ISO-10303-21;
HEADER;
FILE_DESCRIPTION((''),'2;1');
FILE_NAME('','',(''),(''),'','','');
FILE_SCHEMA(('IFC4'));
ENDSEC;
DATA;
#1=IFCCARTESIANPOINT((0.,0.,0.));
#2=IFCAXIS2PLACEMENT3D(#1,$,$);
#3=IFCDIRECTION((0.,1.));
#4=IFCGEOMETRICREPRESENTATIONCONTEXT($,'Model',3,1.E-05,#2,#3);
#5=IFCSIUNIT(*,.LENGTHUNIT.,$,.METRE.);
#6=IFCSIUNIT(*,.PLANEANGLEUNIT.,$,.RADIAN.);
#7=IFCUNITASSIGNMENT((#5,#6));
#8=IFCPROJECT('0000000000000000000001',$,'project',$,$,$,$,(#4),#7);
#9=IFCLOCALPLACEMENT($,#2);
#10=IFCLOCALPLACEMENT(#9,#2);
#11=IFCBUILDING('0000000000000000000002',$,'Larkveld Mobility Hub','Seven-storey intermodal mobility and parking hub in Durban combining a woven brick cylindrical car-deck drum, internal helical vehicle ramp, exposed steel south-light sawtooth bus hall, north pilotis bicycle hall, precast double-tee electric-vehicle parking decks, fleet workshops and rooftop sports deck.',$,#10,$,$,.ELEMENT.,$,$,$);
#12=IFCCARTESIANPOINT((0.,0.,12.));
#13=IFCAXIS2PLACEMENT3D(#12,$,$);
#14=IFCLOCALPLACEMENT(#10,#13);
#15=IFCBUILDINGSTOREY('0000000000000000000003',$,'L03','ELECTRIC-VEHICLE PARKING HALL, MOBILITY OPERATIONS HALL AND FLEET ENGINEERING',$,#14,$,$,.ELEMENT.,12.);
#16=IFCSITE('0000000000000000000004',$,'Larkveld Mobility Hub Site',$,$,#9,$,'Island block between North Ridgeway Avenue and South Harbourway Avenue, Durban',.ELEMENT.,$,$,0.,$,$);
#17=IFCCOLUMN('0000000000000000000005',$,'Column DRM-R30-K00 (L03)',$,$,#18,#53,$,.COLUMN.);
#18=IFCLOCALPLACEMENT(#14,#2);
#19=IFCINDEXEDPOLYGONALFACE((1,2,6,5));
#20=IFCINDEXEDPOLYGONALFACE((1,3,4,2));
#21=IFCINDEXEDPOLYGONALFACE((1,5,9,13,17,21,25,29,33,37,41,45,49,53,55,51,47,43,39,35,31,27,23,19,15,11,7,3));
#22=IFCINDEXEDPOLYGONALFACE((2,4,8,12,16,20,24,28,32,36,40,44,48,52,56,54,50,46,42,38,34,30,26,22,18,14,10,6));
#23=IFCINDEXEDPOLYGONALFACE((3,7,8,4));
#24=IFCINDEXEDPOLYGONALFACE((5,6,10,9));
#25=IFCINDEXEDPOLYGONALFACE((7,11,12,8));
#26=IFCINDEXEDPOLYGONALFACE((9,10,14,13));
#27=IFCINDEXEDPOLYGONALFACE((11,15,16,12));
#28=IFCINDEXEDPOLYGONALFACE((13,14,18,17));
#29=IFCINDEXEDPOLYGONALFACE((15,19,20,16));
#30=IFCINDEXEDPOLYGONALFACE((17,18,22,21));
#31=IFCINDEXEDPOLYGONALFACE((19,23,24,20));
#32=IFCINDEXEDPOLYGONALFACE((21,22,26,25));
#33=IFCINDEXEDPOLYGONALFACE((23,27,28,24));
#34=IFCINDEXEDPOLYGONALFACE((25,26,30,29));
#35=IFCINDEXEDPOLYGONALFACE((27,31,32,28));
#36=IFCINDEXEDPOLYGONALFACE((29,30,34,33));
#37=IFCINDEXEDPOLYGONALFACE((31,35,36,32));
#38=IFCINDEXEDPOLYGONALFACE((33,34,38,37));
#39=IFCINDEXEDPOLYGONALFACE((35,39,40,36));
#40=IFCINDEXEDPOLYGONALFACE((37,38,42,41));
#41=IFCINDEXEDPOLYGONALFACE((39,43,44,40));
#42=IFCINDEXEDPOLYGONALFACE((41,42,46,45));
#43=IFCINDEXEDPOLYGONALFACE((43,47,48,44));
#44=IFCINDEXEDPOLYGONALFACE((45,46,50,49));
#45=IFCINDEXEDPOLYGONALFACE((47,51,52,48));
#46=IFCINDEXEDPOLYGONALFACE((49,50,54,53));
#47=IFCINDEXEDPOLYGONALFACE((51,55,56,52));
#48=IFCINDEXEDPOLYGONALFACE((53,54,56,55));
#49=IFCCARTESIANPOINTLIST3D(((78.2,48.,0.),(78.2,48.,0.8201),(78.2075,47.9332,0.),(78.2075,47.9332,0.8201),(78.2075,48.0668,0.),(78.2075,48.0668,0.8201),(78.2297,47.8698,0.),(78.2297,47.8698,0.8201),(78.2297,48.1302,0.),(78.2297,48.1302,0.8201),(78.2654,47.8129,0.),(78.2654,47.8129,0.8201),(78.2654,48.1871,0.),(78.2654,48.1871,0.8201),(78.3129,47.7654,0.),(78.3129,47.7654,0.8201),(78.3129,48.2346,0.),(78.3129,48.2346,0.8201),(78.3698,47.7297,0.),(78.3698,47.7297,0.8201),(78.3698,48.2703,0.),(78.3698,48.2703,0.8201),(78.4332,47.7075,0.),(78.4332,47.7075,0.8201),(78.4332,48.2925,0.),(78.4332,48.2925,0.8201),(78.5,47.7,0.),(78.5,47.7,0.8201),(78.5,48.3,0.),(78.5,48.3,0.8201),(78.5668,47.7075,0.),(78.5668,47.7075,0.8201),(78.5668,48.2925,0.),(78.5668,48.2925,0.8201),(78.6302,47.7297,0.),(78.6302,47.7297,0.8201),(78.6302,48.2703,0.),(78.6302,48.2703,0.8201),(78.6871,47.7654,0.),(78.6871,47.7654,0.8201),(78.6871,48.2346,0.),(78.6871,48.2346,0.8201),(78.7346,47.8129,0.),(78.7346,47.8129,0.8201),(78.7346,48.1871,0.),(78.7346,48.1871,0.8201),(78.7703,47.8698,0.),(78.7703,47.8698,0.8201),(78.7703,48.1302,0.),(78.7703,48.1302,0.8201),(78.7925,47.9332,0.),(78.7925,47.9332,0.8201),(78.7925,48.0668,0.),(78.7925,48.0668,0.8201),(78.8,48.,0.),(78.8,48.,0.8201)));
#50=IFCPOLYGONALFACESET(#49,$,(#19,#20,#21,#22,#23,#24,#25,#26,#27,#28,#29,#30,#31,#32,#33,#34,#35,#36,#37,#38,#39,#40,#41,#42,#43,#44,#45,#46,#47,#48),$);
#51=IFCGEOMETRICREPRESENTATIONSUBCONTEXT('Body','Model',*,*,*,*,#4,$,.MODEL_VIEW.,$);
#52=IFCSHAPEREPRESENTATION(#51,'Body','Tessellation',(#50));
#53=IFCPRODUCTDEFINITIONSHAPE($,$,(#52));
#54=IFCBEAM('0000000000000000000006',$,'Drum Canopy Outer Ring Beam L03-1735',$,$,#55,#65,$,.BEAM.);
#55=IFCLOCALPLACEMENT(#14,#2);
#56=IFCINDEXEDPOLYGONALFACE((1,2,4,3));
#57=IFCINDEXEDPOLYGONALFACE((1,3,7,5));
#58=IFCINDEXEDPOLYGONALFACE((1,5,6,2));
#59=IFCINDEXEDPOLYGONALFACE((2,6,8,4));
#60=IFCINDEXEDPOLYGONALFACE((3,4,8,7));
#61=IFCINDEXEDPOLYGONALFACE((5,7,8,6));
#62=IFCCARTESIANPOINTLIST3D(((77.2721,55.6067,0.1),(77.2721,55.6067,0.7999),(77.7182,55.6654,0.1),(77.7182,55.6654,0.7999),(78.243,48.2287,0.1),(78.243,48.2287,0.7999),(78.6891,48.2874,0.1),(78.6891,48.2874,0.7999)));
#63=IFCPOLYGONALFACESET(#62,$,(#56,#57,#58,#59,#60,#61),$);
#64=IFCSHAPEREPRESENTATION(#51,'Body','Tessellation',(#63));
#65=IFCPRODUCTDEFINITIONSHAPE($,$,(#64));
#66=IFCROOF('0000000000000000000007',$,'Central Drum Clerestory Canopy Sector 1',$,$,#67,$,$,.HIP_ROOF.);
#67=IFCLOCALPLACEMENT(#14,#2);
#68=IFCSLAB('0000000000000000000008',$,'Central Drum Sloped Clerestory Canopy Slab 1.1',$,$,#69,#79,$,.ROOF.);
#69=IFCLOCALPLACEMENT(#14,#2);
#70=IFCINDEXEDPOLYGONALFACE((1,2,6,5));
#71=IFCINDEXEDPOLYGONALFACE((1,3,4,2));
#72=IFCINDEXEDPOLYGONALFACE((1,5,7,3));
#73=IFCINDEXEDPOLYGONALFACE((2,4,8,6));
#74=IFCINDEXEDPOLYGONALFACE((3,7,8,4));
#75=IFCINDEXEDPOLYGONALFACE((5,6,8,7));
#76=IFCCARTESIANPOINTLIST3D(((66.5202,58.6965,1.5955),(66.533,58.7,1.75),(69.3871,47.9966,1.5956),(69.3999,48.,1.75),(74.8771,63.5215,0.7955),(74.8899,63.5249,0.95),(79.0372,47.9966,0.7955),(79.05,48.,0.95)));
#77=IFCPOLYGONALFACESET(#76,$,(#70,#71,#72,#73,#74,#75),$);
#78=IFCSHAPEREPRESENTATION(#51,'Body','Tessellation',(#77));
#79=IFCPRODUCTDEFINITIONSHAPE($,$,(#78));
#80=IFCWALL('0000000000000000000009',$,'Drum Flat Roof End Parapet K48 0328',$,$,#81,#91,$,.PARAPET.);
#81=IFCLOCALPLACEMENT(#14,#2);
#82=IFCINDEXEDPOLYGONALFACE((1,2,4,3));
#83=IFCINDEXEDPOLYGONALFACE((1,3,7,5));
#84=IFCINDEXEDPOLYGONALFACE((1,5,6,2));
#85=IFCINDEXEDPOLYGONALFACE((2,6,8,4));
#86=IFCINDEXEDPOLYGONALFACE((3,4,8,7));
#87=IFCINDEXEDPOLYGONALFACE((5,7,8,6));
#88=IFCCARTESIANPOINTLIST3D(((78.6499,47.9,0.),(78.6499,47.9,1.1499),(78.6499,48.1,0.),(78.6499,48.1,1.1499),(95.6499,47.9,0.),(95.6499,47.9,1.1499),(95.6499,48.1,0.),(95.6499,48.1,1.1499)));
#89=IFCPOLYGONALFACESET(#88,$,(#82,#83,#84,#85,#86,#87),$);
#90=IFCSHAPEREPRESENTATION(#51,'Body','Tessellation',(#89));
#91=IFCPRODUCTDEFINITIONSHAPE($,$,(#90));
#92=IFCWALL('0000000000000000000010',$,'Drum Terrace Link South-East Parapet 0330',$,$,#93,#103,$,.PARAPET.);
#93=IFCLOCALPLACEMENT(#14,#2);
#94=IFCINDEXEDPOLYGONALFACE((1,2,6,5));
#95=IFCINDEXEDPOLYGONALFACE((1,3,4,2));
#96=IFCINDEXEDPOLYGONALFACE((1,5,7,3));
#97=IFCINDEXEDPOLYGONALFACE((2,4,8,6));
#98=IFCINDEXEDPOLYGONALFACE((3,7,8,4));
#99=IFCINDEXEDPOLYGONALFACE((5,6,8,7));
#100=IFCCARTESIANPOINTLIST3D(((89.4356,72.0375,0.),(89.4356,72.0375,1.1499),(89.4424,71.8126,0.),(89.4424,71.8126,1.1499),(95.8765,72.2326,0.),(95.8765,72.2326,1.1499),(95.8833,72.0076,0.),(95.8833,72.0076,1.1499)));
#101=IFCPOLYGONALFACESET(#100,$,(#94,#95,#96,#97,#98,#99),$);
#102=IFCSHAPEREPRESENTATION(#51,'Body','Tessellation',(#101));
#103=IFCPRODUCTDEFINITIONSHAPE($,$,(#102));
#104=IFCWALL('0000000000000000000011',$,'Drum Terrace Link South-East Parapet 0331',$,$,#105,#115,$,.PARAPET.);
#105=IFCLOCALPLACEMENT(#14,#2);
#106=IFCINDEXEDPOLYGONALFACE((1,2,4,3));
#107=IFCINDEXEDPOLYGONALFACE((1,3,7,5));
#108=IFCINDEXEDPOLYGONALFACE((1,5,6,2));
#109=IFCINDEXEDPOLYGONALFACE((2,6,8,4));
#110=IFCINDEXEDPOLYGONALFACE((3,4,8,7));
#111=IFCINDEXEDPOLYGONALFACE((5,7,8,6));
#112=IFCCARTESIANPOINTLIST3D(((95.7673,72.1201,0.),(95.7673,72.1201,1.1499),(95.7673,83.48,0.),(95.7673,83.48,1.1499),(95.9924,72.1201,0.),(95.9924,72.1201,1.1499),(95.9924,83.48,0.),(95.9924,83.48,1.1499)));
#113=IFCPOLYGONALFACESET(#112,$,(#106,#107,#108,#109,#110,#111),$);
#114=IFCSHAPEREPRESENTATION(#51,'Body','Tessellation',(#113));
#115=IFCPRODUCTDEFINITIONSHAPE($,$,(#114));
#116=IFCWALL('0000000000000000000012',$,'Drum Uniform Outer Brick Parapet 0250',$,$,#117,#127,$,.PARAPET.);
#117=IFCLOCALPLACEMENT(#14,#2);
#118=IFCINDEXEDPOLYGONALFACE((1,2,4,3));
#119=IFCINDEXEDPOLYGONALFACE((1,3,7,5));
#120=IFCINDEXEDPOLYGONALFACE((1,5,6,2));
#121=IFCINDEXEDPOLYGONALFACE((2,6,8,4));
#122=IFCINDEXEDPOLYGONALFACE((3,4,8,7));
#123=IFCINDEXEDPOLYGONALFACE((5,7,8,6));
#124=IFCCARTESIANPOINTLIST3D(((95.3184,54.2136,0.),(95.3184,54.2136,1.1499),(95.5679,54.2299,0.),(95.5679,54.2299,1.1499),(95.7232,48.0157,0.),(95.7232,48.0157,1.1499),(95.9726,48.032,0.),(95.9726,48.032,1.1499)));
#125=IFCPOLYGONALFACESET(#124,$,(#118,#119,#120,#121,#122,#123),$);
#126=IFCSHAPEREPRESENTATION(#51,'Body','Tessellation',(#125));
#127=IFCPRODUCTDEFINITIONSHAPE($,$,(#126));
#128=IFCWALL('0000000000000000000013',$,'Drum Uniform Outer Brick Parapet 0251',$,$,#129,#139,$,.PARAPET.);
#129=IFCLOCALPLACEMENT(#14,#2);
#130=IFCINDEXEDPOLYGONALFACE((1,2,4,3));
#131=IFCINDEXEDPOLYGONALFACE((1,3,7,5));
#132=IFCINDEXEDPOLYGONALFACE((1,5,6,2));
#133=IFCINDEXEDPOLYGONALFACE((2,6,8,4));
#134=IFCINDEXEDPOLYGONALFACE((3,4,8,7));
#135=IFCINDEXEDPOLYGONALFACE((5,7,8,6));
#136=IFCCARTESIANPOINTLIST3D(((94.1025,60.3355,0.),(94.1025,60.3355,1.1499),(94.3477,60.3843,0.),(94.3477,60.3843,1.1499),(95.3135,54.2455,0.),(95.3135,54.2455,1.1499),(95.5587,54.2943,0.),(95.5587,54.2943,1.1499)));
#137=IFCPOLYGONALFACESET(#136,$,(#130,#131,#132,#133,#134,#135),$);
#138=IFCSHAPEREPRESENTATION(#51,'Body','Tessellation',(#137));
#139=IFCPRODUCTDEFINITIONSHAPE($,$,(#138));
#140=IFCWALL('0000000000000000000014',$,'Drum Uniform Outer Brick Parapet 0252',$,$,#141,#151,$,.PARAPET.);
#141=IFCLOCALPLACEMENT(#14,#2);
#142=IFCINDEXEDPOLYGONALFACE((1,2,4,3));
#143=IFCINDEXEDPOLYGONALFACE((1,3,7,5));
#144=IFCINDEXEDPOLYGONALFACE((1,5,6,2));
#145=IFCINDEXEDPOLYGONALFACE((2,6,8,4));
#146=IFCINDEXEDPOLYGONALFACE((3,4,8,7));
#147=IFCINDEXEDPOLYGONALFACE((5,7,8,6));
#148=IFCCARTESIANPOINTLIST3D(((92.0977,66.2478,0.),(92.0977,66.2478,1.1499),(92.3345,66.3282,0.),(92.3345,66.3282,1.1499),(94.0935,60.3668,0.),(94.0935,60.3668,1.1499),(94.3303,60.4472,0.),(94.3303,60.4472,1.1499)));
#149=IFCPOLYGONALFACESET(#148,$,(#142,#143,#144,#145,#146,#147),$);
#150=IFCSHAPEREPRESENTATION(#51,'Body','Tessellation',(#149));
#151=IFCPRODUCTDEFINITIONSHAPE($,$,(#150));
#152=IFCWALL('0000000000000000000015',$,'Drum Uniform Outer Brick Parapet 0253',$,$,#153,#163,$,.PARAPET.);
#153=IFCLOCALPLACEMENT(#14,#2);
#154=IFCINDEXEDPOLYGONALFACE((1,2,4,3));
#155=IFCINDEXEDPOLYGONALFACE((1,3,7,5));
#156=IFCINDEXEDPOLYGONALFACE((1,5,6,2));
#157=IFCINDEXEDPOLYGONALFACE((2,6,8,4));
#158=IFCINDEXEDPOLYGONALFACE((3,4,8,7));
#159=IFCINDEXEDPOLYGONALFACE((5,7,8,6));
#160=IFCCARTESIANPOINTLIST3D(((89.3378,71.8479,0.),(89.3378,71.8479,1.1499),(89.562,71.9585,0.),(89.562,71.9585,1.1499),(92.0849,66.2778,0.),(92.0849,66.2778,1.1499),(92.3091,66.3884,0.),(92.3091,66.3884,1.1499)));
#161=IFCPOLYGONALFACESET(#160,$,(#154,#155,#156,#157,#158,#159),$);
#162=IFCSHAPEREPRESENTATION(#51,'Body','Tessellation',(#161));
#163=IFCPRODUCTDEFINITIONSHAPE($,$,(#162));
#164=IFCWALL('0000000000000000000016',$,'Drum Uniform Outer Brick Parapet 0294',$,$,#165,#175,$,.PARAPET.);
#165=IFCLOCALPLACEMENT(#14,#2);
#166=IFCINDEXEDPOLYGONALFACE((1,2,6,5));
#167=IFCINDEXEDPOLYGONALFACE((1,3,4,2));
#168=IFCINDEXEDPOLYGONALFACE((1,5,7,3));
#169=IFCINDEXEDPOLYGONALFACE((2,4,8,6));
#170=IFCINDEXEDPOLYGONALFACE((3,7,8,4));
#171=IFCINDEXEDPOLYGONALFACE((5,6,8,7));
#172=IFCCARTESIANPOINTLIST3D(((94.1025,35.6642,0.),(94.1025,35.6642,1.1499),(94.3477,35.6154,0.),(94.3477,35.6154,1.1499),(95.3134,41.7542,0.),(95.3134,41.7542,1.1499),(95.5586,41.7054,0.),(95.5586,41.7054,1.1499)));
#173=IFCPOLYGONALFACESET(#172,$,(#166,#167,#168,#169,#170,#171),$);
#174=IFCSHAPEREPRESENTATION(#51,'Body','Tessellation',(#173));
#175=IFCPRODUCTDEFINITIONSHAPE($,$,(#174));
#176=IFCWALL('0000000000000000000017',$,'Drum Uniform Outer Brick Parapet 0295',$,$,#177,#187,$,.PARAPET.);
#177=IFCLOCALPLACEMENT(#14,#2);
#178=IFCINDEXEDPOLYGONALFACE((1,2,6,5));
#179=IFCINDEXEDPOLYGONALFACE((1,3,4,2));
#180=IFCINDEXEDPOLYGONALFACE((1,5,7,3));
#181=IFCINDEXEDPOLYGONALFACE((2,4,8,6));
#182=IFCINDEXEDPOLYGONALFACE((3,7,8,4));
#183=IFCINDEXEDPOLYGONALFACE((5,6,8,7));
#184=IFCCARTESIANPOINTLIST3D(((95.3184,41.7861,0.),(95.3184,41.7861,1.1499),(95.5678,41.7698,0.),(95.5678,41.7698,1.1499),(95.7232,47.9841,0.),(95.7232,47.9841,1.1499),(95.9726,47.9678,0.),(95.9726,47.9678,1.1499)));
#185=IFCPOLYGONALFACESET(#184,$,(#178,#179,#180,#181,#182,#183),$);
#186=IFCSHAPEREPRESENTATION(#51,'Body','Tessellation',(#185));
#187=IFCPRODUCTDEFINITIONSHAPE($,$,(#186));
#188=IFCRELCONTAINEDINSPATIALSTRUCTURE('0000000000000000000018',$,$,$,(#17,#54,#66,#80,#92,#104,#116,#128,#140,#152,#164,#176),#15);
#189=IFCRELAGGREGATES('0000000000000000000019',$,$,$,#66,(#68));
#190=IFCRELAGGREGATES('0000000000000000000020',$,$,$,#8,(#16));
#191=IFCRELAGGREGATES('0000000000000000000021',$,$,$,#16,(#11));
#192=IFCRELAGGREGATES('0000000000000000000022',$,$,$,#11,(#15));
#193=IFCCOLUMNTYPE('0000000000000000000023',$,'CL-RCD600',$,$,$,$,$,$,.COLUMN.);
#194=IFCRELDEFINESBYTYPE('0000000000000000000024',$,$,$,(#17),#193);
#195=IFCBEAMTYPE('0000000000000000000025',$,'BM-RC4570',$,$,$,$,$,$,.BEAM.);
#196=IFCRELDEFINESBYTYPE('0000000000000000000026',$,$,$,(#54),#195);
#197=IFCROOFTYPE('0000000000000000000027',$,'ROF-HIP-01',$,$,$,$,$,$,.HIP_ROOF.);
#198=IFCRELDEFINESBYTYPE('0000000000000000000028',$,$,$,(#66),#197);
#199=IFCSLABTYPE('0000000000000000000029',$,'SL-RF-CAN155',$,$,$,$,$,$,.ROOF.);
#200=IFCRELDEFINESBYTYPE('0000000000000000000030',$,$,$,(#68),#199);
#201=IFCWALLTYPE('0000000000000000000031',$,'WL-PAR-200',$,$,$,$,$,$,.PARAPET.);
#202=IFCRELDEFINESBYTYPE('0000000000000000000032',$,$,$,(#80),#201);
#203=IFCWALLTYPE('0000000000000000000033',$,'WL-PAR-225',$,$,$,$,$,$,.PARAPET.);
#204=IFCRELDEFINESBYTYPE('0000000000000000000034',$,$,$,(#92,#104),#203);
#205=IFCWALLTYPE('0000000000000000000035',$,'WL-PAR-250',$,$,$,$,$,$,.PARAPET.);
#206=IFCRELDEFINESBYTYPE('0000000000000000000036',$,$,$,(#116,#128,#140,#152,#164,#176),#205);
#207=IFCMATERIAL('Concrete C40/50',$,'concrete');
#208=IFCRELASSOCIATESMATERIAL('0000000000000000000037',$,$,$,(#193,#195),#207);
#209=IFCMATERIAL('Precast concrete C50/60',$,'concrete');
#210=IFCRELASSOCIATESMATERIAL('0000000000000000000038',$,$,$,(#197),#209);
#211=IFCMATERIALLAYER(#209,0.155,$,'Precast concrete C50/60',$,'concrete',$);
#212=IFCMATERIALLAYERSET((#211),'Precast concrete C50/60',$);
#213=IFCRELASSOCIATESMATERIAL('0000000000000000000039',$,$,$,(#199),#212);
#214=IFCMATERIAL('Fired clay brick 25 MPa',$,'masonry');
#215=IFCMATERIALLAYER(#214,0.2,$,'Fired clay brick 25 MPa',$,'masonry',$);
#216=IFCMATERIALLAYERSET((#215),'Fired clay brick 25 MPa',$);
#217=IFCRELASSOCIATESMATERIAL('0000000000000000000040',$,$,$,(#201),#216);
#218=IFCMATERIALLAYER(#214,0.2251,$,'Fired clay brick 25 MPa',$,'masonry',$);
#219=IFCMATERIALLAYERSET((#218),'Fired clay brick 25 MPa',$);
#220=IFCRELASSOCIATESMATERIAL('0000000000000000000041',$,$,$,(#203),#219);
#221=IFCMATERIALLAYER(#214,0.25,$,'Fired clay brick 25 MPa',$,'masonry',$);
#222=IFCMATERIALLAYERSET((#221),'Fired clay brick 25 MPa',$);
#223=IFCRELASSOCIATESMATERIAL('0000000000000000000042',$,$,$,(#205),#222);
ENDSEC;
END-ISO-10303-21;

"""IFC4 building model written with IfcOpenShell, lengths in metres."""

from ifc_helpers import new_model, si_unit, direction, frame, frame_2d, origin, origin_2d, place, context, subcontext, project, spatial, polyline, rectangle, circle, outline, extrude, material, layer, layer_set, material_profile, profile_set, type_object, element, aggregate, save


model = new_model("IFC4")

# Units and contexts
model_context = context("Model", 3, precision=1e-05, world=origin(), true_north=direction((0.0, 1.0)))
body_context = subcontext(model_context, "Body", "Model", "MODEL_VIEW")
ifc_project = project(units=[si_unit("LENGTHUNIT", "METRE"), si_unit("PLANEANGLEUNIT", "RADIAN")], contexts=[model_context])

# Site, building, storey
site_placement = place(None, origin())
site = spatial("IfcSite", under=ifc_project, at=site_placement, Name="Larkveld Mobility Hub Site", LongName="Island block between North Ridgeway Avenue and South Harbourway Avenue, Durban", CompositionType="ELEMENT", RefElevation=0.0)
building_placement = place(site_placement, origin())
building = spatial("IfcBuilding", under=site, at=building_placement, Name="Larkveld Mobility Hub", Description="Seven-storey intermodal mobility and parking hub in Durban combining a woven brick cylindrical car-deck drum, internal helical vehicle ramp, exposed steel south-light sawtooth bus hall, north pilotis bicycle hall, precast double-tee electric-vehicle parking decks, fleet workshops and rooftop sports deck.", CompositionType="ELEMENT")
storey_placement = place(building_placement, frame((0.0, 0.0, 12.0)))
storey = spatial("IfcBuildingStorey", under=building, at=storey_placement, Name="L03", Description="ELECTRIC-VEHICLE PARKING HALL, MOBILITY OPERATIONS HALL AND FLEET ENGINEERING", CompositionType="ELEMENT", Elevation=12.0)

# Column
ifc_material_1 = material(Name="Concrete C40/50", Category="concrete")
ifc_material_profile_1 = material_profile(ifc_material_1, circle(Radius=0.3, at=origin_2d()), Name="RC COL D600")
ifc_profile_set_1 = profile_set([ifc_material_profile_1], Name="Concrete C40/50")
column_type = type_object("IfcColumnType", Name="CL-RCD600", PredefinedType="COLUMN", material=ifc_profile_set_1)
column_placement = place(storey_placement, frame((78.5, 48.0, 0.0), z_axis=(0.0, 0.0, 1.0), x_axis=(1.0, 0.0, 0.0)))
element("IfcColumn", 1, at=column_placement, inside=storey, type_object=column_type, Name="Column DRM-R30-K00 (L03)", PredefinedType="COLUMN", context=body_context, shape_type="SweptSolid", body=[
    extrude(circle(Radius=0.3, at=origin_2d()), origin(), (0.0, 0.0, 1.0), 0.8201),
])

# Beam
ifc_material_profile_2 = material_profile(ifc_material_1, rectangle(XDim=0.45, YDim=0.7, at=origin_2d()), Name="RC BM 450x700")
ifc_profile_set_2 = profile_set([ifc_material_profile_2], Name="Concrete C40/50")
beam_type = type_object("IfcBeamType", Name="BM-RC4570", PredefinedType="BEAM", material=ifc_profile_set_2)
beam_placement = place(storey_placement, frame((78.4661, 48.2581, 0.45), z_axis=(-0.130477, 0.991451, 0.0), x_axis=(-0.991451, -0.130477, 0.0)))
element("IfcBeam", 2, at=beam_placement, inside=storey, type_object=beam_type, Name="Drum Canopy Outer Ring Beam L03-1735", PredefinedType="BEAM", context=body_context, shape_type="SweptSolid", body=[
    extrude(rectangle(XDim=0.45, YDim=0.7, at=origin_2d()), origin(), (0.0, 0.0, 1.0), 7.4417),
])

# Roof, slab
ifc_material_2 = material(Name="Precast concrete C50/60", Category="concrete")
roof_type = type_object("IfcRoofType", Name="ROF-HIP-01", PredefinedType="HIP_ROOF", material=ifc_material_2)
roof_placement = place(storey_placement, origin())
roof = element("IfcRoof", 3, at=roof_placement, inside=storey, type_object=roof_type, Name="Central Drum Clerestory Canopy Sector 1", PredefinedType="HIP_ROOF")
ifc_layer_1 = layer(ifc_material_2, 0.155, Name="Precast concrete C50/60", Category="concrete")
ifc_layer_set_1 = layer_set([ifc_layer_1], Name="Precast concrete C50/60")
slab_type = type_object("IfcSlabType", Name="SL-RF-CAN155", PredefinedType="ROOF", material=ifc_layer_set_1)
slab_placement = place(storey_placement, frame((79.05, 48.0, 0.95), z_axis=(0.082603, 0.022134, 0.996337), x_axis=(-0.258835, 0.965922, 0.000001)))
slab = element("IfcSlab", 4, at=slab_placement, type_object=slab_type, Name="Central Drum Sloped Clerestory Canopy Slab 1.1", PredefinedType="ROOF", context=body_context, shape_type="SweptSolid", body=[
    extrude(outline(polyline([(0.0, 0.0), (16.0726, 0.0), (13.5752, 9.3553), (2.4978, 9.3556), (0.0, 0.0)])), origin(), (0.0, 0.0, -1.0), 0.155),
])
aggregate(roof, [slab])

# Walls
ifc_material_3 = material(Name="Fired clay brick 25 MPa", Category="masonry")
ifc_layer_2 = layer(ifc_material_3, 0.2, Name="Fired clay brick 25 MPa", Category="masonry")
ifc_layer_set_2 = layer_set([ifc_layer_2], Name="Fired clay brick 25 MPa")
wall_type_1 = type_object("IfcWallType", Name="WL-PAR-200", PredefinedType="PARAPET", material=ifc_layer_set_2)
wall_1_placement = place(storey_placement, frame((78.6499, 48.0, 0.0), z_axis=(0.0, 0.0, 1.0), x_axis=(1.0, 0.0, 0.0)))
element("IfcWall", 5, at=wall_1_placement, inside=storey, type_object=wall_type_1, Name="Drum Flat Roof End Parapet K48 0328", PredefinedType="PARAPET", context=body_context, shape_type="SweptSolid", body=[
    extrude(rectangle(XDim=17.0, YDim=0.2, at=frame_2d((8.5, 0.0))), origin(), (0.0, 0.0, 1.0), 1.1499),
])
ifc_layer_3 = layer(ifc_material_3, 0.2251, Name="Fired clay brick 25 MPa", Category="masonry")
ifc_layer_set_3 = layer_set([ifc_layer_3], Name="Fired clay brick 25 MPa")
wall_type_2 = type_object("IfcWallType", Name="WL-PAR-225", PredefinedType="PARAPET", material=ifc_layer_set_3)
wall_2_placement = place(storey_placement, frame((89.439, 71.925, 0.0), z_axis=(0.0, 0.0, 1.0), x_axis=(0.999542, 0.030272, 0.0)))
element("IfcWall", 6, at=wall_2_placement, inside=storey, type_object=wall_type_2, Name="Drum Terrace Link South-East Parapet 0330", PredefinedType="PARAPET", context=body_context, shape_type="SweptSolid", body=[
    extrude(rectangle(XDim=6.4438, YDim=0.2251, at=frame_2d((3.2219, 0.0))), origin(), (0.0, 0.0, 1.0), 1.1499),
])
wall_3_placement = place(storey_placement, frame((95.8799, 72.1201, 0.0), z_axis=(0.0, 0.0, 1.0), x_axis=(0.0, 1.0, 0.0)))
element("IfcWall", 7, at=wall_3_placement, inside=storey, type_object=wall_type_2, Name="Drum Terrace Link South-East Parapet 0331", PredefinedType="PARAPET", context=body_context, shape_type="SweptSolid", body=[
    extrude(rectangle(XDim=11.3599, YDim=0.2251, at=frame_2d((5.6799, 0.0))), origin(), (0.0, 0.0, 1.0), 1.1499),
])
ifc_layer_4 = layer(ifc_material_3, 0.25, Name="Fired clay brick 25 MPa", Category="masonry")
ifc_layer_set_4 = layer_set([ifc_layer_4], Name="Fired clay brick 25 MPa")
wall_type_3 = type_object("IfcWallType", Name="WL-PAR-250", PredefinedType="PARAPET", material=ifc_layer_set_4)
wall_4_placement = place(storey_placement, frame((95.8479, 48.0239, 0.0), z_axis=(0.0, 0.0, 1.0), x_axis=(-0.06517, 0.997874, 0.0)))
element("IfcWall", 8, at=wall_4_placement, inside=storey, type_object=wall_type_3, Name="Drum Uniform Outer Brick Parapet 0250", PredefinedType="PARAPET", context=body_context, shape_type="SweptSolid", body=[
    extrude(rectangle(XDim=6.2112, YDim=0.25, at=frame_2d((3.1055, 0.0))), origin(), (0.0, 0.0, 1.0), 1.1499),
])
wall_5_placement = place(storey_placement, frame((95.436, 54.27, 0.0), z_axis=(0.0, 0.0, 1.0), x_axis=(-0.19502, 0.980799, 0.0)))
element("IfcWall", 9, at=wall_5_placement, inside=storey, type_object=wall_type_3, Name="Drum Uniform Outer Brick Parapet 0251", PredefinedType="PARAPET", context=body_context, shape_type="SweptSolid", body=[
    extrude(rectangle(XDim=6.2092, YDim=0.25, at=frame_2d((3.1045, 0.0))), origin(), (0.0, 0.0, 1.0), 1.1499),
])
wall_6_placement = place(storey_placement, frame((94.2119, 60.407, 0.0), z_axis=(0.0, 0.0, 1.0), x_axis=(-0.321365, 0.946955, 0.0)))
element("IfcWall", 10, at=wall_6_placement, inside=storey, type_object=wall_type_3, Name="Drum Uniform Outer Brick Parapet 0252", PredefinedType="PARAPET", context=body_context, shape_type="SweptSolid", body=[
    extrude(rectangle(XDim=6.2104, YDim=0.25, at=frame_2d((3.1052, 0.0))), origin(), (0.0, 0.0, 1.0), 1.1499),
])
wall_7_placement = place(storey_placement, frame((92.197, 66.333, 0.0), z_axis=(0.0, 0.0, 1.0), x_axis=(-0.442317, 0.896859, 0.0)))
element("IfcWall", 11, at=wall_7_placement, inside=storey, type_object=wall_type_3, Name="Drum Uniform Outer Brick Parapet 0253", PredefinedType="PARAPET", context=body_context, shape_type="SweptSolid", body=[
    extrude(rectangle(XDim=6.2107, YDim=0.25, at=frame_2d((3.1055, 0.0))), origin(), (0.0, 0.0, 1.0), 1.1499),
])
wall_8_placement = place(storey_placement, frame((94.2251, 35.6399, 0.0), z_axis=(0.0, 0.0, 1.0), x_axis=(0.19502, 0.980799, 0.0)))
element("IfcWall", 12, at=wall_8_placement, inside=storey, type_object=wall_type_3, Name="Drum Uniform Outer Brick Parapet 0294", PredefinedType="PARAPET", context=body_context, shape_type="SweptSolid", body=[
    extrude(rectangle(XDim=6.2092, YDim=0.25, at=frame_2d((3.1045, 0.0))), origin(), (0.0, 0.0, 1.0), 1.1499),
])
wall_9_placement = place(storey_placement, frame((95.4431, 41.7781, 0.0), z_axis=(0.0, 0.0, 1.0), x_axis=(0.06517, 0.997874, 0.0)))
element("IfcWall", 13, at=wall_9_placement, inside=storey, type_object=wall_type_3, Name="Drum Uniform Outer Brick Parapet 0295", PredefinedType="PARAPET", context=body_context, shape_type="SweptSolid", body=[
    extrude(rectangle(XDim=6.2112, YDim=0.25, at=frame_2d((3.1055, 0.0))), origin(), (0.0, 0.0, 1.0), 1.1499),
])

save(model, "model.ifc")
